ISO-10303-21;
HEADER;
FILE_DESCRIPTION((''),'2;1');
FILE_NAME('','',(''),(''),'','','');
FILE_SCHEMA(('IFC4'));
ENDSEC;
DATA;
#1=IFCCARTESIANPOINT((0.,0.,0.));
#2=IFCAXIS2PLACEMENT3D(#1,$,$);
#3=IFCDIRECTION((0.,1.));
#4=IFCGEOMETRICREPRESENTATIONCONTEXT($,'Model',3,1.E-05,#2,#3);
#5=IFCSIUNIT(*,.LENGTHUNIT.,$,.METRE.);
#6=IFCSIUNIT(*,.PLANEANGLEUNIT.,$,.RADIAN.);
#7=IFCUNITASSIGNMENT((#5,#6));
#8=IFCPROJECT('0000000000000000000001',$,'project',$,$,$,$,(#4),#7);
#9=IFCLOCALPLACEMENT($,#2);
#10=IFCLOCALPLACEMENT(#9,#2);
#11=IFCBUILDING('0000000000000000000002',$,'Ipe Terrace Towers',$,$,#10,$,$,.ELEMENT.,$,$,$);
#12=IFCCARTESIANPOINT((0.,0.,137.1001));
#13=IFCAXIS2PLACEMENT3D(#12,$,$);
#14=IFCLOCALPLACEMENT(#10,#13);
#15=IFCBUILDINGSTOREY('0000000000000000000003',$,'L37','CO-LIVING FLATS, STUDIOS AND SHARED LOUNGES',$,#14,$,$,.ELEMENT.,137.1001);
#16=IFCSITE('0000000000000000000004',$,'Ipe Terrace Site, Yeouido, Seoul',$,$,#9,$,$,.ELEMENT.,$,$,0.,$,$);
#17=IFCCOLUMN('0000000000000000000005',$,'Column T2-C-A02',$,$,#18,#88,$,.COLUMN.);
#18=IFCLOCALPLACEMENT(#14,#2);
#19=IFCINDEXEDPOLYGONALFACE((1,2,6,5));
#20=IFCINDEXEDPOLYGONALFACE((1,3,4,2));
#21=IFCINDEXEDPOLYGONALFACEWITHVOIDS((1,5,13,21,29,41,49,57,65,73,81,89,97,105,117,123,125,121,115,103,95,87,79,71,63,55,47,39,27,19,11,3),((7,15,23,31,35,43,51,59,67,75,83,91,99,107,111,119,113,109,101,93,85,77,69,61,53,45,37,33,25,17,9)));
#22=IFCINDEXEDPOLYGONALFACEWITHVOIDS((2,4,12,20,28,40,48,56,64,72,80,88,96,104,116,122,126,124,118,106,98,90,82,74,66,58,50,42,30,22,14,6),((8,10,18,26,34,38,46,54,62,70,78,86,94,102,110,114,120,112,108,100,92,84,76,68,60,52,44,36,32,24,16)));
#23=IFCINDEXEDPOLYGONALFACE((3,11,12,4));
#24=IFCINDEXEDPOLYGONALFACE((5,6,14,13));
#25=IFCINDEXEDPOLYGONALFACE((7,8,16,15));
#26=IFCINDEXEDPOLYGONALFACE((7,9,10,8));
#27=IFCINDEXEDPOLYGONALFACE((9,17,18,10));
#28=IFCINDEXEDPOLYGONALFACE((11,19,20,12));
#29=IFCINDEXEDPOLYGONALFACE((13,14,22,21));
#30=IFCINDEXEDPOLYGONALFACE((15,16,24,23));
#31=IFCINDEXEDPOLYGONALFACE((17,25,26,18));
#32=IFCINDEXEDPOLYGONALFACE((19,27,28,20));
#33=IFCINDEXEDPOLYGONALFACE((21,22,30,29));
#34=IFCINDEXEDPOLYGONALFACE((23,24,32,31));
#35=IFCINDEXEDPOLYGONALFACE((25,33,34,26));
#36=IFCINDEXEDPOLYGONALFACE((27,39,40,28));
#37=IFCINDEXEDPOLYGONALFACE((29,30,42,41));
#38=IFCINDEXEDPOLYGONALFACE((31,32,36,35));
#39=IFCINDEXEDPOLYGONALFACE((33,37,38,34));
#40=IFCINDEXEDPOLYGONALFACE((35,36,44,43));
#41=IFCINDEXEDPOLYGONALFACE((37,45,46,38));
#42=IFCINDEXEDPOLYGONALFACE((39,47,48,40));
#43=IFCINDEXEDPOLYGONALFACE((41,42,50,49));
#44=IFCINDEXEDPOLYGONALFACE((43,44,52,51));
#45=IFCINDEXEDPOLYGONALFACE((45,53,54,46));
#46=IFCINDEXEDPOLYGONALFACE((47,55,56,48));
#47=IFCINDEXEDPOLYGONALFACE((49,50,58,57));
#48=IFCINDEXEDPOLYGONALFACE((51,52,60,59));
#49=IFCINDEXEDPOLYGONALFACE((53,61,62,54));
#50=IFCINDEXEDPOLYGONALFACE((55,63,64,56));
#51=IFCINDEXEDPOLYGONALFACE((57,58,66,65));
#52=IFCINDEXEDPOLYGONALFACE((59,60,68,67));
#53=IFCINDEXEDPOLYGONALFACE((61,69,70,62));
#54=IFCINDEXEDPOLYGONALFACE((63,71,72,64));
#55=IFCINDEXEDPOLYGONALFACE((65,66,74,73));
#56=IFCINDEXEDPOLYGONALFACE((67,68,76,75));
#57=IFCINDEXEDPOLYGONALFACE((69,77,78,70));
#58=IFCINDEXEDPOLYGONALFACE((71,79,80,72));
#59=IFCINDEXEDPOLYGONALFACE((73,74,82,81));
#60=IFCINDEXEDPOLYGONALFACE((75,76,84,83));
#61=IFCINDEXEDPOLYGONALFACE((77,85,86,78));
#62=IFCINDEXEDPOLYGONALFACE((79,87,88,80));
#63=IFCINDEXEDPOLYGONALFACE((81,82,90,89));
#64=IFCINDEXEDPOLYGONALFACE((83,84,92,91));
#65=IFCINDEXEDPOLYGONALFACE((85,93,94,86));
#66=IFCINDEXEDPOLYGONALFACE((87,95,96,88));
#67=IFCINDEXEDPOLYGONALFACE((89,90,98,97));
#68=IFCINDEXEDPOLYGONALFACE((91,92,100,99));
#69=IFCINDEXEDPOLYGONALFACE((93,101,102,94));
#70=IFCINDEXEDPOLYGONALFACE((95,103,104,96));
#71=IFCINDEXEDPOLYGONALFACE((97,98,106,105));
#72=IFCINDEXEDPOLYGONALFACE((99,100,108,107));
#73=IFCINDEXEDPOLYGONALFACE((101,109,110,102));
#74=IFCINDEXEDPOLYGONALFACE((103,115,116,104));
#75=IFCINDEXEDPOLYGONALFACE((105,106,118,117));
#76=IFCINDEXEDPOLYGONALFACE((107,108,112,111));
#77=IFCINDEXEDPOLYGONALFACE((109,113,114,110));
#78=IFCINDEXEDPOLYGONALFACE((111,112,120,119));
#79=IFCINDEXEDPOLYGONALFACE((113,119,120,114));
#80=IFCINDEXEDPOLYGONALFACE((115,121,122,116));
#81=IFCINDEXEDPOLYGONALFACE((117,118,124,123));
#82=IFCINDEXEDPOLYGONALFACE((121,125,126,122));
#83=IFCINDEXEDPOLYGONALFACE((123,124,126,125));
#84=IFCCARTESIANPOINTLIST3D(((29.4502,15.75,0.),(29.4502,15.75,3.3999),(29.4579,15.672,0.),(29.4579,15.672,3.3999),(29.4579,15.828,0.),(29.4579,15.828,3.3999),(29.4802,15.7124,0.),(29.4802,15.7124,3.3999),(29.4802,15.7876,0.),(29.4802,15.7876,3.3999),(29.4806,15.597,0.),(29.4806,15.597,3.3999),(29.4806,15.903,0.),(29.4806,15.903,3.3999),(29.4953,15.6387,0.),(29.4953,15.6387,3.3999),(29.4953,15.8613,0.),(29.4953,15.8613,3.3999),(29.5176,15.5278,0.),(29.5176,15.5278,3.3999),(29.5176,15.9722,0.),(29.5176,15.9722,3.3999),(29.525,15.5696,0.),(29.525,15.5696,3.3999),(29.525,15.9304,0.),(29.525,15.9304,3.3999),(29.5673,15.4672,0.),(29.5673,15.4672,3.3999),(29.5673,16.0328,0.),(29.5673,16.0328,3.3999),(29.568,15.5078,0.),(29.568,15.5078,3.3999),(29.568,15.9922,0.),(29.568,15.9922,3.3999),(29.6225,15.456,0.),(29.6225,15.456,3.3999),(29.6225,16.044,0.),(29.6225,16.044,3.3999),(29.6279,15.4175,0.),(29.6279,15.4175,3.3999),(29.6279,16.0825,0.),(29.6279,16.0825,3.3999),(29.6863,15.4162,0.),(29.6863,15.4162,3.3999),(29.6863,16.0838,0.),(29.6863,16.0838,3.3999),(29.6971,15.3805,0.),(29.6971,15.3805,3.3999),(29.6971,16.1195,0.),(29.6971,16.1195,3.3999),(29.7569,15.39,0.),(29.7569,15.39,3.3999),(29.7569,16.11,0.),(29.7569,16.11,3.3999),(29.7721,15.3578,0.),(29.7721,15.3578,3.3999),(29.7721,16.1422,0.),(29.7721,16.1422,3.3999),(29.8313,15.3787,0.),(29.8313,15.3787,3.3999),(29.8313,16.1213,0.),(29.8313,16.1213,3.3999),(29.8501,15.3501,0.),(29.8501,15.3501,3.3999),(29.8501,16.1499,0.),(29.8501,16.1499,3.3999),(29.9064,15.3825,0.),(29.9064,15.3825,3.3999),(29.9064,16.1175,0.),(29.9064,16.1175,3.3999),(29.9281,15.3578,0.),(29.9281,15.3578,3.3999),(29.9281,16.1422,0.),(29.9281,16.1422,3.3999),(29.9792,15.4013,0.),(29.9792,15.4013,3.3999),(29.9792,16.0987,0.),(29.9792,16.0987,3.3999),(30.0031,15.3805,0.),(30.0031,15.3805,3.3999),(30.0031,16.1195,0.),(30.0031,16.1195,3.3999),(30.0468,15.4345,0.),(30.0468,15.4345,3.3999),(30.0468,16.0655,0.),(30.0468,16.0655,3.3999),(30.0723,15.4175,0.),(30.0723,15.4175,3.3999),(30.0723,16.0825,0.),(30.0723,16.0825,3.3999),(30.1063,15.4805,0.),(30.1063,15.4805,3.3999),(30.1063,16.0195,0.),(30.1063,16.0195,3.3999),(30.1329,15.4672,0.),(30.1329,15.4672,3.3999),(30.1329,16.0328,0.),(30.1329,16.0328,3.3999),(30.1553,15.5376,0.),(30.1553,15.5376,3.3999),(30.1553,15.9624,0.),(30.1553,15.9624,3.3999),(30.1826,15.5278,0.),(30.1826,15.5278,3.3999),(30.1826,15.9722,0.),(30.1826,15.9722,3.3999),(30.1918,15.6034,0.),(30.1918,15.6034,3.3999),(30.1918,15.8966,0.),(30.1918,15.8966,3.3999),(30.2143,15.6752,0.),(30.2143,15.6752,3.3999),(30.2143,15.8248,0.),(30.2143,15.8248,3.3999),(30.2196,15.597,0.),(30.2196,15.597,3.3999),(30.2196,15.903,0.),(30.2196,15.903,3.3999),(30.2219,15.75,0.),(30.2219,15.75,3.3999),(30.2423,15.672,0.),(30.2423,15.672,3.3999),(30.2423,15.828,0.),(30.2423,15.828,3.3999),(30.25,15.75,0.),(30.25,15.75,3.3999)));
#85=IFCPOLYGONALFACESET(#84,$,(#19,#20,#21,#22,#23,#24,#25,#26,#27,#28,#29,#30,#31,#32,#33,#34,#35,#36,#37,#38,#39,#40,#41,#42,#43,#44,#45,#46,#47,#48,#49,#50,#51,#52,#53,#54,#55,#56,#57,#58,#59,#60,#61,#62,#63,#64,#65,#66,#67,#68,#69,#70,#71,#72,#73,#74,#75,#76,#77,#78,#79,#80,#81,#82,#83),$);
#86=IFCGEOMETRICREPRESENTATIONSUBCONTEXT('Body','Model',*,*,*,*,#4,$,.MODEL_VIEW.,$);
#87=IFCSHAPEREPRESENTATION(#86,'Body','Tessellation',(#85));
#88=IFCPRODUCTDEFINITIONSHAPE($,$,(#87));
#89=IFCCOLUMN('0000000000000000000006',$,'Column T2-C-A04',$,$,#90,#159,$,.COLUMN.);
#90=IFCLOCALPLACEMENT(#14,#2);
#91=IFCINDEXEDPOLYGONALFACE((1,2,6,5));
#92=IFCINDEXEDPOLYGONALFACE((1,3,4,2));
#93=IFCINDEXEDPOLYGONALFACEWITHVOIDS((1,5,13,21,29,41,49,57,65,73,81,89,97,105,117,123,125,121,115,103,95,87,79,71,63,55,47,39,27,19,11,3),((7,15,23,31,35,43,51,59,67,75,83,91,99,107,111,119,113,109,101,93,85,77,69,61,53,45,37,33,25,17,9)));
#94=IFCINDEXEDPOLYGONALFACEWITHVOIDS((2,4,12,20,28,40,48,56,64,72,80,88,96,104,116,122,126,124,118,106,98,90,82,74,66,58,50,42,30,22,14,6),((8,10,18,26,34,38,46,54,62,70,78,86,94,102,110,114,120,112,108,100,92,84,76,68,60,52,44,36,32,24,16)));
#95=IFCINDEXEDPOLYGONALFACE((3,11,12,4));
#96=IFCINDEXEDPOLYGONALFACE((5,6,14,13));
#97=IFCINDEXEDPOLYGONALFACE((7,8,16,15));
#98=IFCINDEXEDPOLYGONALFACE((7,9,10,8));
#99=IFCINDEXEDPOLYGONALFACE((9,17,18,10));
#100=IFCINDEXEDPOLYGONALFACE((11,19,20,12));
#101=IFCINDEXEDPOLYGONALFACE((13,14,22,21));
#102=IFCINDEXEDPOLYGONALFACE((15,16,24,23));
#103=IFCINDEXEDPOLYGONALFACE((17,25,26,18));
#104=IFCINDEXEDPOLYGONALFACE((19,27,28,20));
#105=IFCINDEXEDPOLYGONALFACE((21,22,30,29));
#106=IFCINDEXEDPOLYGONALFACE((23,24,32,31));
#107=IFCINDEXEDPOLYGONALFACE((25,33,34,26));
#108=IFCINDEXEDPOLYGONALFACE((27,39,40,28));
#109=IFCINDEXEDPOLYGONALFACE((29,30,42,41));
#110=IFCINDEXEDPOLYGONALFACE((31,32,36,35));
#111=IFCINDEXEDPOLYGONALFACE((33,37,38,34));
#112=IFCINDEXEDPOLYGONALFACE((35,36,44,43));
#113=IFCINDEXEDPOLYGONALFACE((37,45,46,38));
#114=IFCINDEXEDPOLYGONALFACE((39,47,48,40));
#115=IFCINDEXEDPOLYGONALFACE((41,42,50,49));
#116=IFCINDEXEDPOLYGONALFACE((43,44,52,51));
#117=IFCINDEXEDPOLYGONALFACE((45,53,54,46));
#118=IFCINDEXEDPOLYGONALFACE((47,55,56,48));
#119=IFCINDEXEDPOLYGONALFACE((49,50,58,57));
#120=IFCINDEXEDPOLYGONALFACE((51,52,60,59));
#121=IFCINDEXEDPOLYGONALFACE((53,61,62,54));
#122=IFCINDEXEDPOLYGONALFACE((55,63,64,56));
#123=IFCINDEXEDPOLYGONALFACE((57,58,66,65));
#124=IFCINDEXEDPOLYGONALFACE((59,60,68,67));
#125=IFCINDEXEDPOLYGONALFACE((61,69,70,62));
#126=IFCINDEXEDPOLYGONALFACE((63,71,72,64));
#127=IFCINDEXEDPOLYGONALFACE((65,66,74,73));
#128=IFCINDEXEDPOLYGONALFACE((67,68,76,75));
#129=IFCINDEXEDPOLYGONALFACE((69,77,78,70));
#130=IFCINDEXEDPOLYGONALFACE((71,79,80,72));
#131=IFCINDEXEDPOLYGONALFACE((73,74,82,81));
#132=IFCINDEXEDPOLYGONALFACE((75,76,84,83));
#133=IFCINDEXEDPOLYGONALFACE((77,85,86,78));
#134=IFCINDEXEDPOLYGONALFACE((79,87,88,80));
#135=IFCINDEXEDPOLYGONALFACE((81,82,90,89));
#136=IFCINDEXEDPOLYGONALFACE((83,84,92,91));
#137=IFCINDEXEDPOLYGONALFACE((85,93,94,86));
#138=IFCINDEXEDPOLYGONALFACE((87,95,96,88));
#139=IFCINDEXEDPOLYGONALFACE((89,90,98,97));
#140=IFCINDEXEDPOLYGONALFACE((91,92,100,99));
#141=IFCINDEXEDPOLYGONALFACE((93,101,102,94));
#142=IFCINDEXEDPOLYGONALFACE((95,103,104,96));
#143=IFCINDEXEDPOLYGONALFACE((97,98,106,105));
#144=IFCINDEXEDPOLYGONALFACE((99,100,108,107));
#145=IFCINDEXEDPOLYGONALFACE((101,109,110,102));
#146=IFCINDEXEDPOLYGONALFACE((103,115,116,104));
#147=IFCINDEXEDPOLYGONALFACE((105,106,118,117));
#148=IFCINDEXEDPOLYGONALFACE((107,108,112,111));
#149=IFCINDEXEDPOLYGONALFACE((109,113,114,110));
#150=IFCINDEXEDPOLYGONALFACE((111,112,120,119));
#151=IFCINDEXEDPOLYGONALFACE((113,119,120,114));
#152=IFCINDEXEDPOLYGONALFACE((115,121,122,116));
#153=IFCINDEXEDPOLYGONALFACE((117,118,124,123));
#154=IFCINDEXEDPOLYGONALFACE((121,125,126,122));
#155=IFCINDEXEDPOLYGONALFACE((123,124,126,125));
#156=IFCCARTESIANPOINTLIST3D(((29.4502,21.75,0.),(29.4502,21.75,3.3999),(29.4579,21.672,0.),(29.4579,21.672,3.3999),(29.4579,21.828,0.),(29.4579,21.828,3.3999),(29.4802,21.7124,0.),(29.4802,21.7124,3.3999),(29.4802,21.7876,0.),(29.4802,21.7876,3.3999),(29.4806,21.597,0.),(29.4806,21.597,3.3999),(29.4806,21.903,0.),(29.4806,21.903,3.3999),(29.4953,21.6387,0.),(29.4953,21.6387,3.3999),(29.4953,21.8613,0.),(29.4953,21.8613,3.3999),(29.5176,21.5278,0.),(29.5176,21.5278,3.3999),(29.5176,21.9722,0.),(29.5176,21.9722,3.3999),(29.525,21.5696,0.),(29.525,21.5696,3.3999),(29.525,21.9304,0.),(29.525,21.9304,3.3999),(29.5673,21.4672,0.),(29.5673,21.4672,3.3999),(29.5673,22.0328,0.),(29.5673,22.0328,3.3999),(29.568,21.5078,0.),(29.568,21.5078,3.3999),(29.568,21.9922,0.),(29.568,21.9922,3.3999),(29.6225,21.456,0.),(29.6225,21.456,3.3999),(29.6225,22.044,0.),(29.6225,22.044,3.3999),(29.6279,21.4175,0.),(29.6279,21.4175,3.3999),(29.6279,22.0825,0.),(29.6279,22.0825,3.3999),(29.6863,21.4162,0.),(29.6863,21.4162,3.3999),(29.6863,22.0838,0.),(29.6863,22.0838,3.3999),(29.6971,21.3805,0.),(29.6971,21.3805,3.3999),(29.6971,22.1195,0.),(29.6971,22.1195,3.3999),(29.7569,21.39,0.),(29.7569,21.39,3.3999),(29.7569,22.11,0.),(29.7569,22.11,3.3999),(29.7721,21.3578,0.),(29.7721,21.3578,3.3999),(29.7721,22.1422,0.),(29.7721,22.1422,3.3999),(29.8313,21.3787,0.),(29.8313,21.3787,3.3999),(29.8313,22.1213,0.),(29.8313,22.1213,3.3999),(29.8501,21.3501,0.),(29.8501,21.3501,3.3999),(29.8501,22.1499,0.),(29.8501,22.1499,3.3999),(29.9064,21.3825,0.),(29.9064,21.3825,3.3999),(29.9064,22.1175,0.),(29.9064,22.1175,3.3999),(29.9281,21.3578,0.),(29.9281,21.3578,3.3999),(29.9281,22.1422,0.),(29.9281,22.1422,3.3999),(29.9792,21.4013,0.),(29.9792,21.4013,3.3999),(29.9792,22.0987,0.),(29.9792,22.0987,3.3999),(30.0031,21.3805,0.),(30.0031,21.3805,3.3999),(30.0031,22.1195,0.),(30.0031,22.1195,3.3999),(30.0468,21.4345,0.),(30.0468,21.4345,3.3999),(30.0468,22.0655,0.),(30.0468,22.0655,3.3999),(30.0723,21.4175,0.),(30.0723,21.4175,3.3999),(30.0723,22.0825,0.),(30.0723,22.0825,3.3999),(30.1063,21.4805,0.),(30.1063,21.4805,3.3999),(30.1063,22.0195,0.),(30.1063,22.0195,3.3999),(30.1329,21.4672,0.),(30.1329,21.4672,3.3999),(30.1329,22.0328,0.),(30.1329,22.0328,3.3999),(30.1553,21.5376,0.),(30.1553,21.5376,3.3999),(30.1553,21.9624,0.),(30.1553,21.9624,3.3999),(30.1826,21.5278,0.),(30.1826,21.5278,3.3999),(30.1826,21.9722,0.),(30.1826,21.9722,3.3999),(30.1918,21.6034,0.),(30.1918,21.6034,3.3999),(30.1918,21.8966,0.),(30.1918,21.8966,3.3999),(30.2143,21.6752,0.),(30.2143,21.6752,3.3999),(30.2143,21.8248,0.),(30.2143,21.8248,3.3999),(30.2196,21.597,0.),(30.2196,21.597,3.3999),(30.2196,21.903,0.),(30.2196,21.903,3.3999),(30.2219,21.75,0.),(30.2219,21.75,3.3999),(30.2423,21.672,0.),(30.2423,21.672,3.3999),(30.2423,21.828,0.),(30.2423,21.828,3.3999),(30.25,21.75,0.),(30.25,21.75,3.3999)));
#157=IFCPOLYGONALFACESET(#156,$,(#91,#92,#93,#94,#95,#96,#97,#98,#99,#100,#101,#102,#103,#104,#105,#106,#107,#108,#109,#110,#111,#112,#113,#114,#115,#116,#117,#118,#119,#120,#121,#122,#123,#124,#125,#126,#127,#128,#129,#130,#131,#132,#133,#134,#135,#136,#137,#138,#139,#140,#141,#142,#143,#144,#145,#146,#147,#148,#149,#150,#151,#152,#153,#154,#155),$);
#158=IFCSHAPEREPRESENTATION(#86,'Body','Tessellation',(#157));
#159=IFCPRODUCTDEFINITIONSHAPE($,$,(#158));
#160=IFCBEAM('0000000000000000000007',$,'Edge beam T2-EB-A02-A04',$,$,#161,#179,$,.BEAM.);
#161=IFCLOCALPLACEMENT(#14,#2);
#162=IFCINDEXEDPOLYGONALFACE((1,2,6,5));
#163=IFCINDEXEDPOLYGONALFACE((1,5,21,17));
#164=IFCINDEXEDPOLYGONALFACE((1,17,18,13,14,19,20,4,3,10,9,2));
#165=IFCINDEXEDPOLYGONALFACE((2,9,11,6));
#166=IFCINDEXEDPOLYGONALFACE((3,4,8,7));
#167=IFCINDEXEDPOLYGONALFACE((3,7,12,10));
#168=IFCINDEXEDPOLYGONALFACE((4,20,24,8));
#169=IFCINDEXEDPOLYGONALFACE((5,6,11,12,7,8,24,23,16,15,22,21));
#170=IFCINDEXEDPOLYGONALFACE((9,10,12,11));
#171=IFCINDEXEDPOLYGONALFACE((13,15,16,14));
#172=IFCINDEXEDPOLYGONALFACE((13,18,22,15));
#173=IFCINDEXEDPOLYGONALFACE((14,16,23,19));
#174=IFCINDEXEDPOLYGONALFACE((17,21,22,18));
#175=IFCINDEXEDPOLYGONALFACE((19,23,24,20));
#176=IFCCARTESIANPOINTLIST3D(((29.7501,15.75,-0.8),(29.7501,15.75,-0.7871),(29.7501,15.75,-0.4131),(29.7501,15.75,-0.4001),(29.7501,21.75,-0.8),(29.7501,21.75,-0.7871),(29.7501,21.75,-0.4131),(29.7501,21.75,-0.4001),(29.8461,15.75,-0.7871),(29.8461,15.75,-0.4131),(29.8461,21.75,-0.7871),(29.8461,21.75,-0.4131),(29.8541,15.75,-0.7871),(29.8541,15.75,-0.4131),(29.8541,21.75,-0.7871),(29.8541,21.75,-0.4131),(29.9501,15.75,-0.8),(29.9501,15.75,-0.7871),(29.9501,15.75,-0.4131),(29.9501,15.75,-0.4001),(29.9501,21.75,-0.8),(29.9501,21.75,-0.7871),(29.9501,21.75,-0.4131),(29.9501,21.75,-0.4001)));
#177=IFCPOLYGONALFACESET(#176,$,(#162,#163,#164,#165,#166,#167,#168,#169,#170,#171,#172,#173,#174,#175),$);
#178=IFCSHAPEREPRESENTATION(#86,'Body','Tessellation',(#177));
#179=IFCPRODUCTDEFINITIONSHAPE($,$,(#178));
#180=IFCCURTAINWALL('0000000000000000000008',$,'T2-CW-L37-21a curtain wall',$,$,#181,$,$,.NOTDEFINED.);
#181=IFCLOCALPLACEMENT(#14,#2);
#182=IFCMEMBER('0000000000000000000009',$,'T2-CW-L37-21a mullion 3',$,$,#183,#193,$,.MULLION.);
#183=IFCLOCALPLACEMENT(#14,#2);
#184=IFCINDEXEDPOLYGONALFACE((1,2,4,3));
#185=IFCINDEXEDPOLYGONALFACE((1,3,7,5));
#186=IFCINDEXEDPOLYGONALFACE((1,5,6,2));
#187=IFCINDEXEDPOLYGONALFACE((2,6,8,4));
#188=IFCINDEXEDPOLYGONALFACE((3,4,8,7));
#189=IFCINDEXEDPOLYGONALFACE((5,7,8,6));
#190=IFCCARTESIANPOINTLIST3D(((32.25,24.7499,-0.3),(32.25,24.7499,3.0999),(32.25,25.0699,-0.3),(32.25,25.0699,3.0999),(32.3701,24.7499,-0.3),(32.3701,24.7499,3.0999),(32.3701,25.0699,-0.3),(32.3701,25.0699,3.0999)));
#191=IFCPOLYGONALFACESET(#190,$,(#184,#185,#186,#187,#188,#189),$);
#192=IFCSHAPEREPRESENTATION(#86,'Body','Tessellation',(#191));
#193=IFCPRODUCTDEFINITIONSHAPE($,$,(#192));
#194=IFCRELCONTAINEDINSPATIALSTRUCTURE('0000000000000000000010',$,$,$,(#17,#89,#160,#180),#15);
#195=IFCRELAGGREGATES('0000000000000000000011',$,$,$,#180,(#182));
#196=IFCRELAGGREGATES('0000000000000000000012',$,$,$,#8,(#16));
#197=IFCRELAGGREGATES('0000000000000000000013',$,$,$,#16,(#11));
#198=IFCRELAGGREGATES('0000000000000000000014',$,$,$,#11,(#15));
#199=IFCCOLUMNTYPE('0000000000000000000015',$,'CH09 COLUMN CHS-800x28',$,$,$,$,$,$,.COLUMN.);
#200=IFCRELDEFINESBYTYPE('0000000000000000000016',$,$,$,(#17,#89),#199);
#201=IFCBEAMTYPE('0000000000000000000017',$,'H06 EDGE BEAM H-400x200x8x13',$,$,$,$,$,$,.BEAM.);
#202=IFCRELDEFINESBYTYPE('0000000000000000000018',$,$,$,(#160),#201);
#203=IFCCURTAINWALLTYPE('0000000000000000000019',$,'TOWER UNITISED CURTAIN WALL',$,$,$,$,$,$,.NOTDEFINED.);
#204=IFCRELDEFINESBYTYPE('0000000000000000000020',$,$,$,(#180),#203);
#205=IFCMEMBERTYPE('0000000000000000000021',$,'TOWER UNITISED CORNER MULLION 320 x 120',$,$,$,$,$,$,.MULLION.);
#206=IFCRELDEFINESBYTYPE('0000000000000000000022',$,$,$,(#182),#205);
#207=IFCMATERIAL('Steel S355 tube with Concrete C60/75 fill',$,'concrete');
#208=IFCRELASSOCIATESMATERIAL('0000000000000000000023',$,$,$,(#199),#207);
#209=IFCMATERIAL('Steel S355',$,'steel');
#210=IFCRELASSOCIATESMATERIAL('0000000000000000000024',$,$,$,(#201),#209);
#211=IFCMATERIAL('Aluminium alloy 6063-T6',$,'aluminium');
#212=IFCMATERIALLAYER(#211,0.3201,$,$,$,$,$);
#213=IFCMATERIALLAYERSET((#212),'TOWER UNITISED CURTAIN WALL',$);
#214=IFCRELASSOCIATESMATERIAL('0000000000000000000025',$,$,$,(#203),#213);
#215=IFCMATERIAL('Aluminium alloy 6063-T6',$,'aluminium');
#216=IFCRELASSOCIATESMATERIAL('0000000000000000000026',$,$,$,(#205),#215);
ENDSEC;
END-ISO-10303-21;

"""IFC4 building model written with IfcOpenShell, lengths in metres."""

from ifc_helpers import new_model, si_unit, direction, frame, origin, origin_2d, place, context, subcontext, project, spatial, rectangle, hollow_circle, i_section, extrude, material, layer, layer_set, material_profile, profile_set, type_object, element, aggregate, save


model = new_model("IFC4")

# Units and contexts
model_context = context("Model", 3, precision=1e-05, world=origin(), true_north=direction((0.0, 1.0)))
body_context = subcontext(model_context, "Body", "Model", "MODEL_VIEW")
ifc_project = project(units=[si_unit("LENGTHUNIT", "METRE"), si_unit("PLANEANGLEUNIT", "RADIAN")], contexts=[model_context])

# Site, building, storey
site_placement = place(None, origin())
site = spatial("IfcSite", under=ifc_project, at=site_placement, Name="Ipe Terrace Site, Yeouido, Seoul", CompositionType="ELEMENT", RefElevation=0.0)
building_placement = place(site_placement, origin())
building = spatial("IfcBuilding", under=site, at=building_placement, Name="Ipe Terrace Towers", CompositionType="ELEMENT")
storey_placement = place(building_placement, frame((0.0, 0.0, 137.1001)))
storey = spatial("IfcBuildingStorey", under=building, at=storey_placement, Name="L37", Description="CO-LIVING FLATS, STUDIOS AND SHARED LOUNGES", CompositionType="ELEMENT", Elevation=137.1001)

# Columns
ifc_material_1 = material(Name="Steel S355 tube with Concrete C60/75 fill", Category="concrete")
ifc_material_profile_1 = material_profile(ifc_material_1, hollow_circle(Radius=0.3999, WallThickness=0.0281, at=origin_2d()), Name="CHS-800x28")
ifc_profile_set_1 = profile_set([ifc_material_profile_1], Name="Steel S355 tube with Concrete C60/75 fill")
column_type = type_object("IfcColumnType", Name="CH09 COLUMN CHS-800x28", PredefinedType="COLUMN", material=ifc_profile_set_1)
for number, where, z_axis, x_axis, name in (
    (1, (29.8501, 15.75, 0.0), (0.0, 0.0, 1.0), (1.0, 0.0, 0.0), "Column T2-C-A02"),
    (2, (29.8501, 21.75, 0.0), (0.0, 0.0, 1.0), (1.0, 0.0, 0.0), "Column T2-C-A04"),
):
    element("IfcColumn", number, at=place(storey_placement, frame(where, z_axis=z_axis, x_axis=x_axis)), inside=storey, type_object=column_type, Name=name, PredefinedType="COLUMN", context=body_context, shape_type="SweptSolid", body=[
        extrude(hollow_circle(Radius=0.3999, WallThickness=0.0281, at=origin_2d()), origin(), (0.0, 0.0, 1.0), 3.3999),
    ])

# Beam
ifc_material_2 = material(Name="Steel S355", Category="steel")
ifc_material_profile_2 = material_profile(ifc_material_2, i_section(OverallWidth=0.2, OverallDepth=0.3999, WebThickness=0.0081, FlangeThickness=0.0129, at=origin_2d()), Name="H-400x200x8x13")
ifc_profile_set_2 = profile_set([ifc_material_profile_2], Name="Steel S355")
beam_type = type_object("IfcBeamType", Name="H06 EDGE BEAM H-400x200x8x13", PredefinedType="BEAM", material=ifc_profile_set_2)
beam_placement = place(storey_placement, frame((29.8501, 15.75, -0.6001), z_axis=(0.0, 1.0, 0.0), x_axis=(-1.0, 0.0, 0.0)))
element("IfcBeam", 3, at=beam_placement, inside=storey, type_object=beam_type, Name="Edge beam T2-EB-A02-A04", PredefinedType="BEAM", context=body_context, shape_type="SweptSolid", body=[
    extrude(i_section(OverallWidth=0.2, OverallDepth=0.3999, WebThickness=0.0081, FlangeThickness=0.0129, at=origin_2d()), origin(), (0.0, 0.0, 1.0), 6.0),
])

# Curtain wall, member
ifc_material_3 = material(Name="Aluminium alloy 6063-T6", Category="aluminium")
ifc_layer_1 = layer(ifc_material_3, 0.3201)
ifc_layer_set_1 = layer_set([ifc_layer_1], Name="TOWER UNITISED CURTAIN WALL")
curtain_wall_type = type_object("IfcCurtainWallType", Name="TOWER UNITISED CURTAIN WALL", PredefinedType="NOTDEFINED", material=ifc_layer_set_1)
curtain_wall_1_placement = place(storey_placement, origin())
curtain_wall_1 = element("IfcCurtainWall", 4, at=curtain_wall_1_placement, inside=storey, type_object=curtain_wall_type, Name="T2-CW-L37-21a curtain wall", PredefinedType="NOTDEFINED")
ifc_material_4 = material(Name="Aluminium alloy 6063-T6", Category="aluminium")
ifc_material_profile_3 = material_profile(ifc_material_4, rectangle(XDim=0.3201, YDim=0.1201, at=origin_2d()), Name="TOWER UNITISED CORNER MULLION 320 x 120")
ifc_profile_set_3 = profile_set([ifc_material_profile_3], Name="Aluminium alloy 6063-T6")
member_type = type_object("IfcMemberType", Name="TOWER UNITISED CORNER MULLION 320 x 120", PredefinedType="MULLION", material=ifc_profile_set_3)
member_1_placement = place(storey_placement, frame((32.3101, 24.9099, -0.3), z_axis=(0.0, 0.0, 1.0), x_axis=(0.0, 1.0, 0.0)))
member_1 = element("IfcMember", 5, at=member_1_placement, type_object=member_type, Name="T2-CW-L37-21a mullion 3", PredefinedType="MULLION", context=body_context, shape_type="SweptSolid", body=[
    extrude(rectangle(XDim=0.3201, YDim=0.1201, at=origin_2d()), origin(), (0.0, 0.0, 1.0), 3.3999),
])
aggregate(curtain_wall_1, [member_1])

save(model, "model.ifc")
